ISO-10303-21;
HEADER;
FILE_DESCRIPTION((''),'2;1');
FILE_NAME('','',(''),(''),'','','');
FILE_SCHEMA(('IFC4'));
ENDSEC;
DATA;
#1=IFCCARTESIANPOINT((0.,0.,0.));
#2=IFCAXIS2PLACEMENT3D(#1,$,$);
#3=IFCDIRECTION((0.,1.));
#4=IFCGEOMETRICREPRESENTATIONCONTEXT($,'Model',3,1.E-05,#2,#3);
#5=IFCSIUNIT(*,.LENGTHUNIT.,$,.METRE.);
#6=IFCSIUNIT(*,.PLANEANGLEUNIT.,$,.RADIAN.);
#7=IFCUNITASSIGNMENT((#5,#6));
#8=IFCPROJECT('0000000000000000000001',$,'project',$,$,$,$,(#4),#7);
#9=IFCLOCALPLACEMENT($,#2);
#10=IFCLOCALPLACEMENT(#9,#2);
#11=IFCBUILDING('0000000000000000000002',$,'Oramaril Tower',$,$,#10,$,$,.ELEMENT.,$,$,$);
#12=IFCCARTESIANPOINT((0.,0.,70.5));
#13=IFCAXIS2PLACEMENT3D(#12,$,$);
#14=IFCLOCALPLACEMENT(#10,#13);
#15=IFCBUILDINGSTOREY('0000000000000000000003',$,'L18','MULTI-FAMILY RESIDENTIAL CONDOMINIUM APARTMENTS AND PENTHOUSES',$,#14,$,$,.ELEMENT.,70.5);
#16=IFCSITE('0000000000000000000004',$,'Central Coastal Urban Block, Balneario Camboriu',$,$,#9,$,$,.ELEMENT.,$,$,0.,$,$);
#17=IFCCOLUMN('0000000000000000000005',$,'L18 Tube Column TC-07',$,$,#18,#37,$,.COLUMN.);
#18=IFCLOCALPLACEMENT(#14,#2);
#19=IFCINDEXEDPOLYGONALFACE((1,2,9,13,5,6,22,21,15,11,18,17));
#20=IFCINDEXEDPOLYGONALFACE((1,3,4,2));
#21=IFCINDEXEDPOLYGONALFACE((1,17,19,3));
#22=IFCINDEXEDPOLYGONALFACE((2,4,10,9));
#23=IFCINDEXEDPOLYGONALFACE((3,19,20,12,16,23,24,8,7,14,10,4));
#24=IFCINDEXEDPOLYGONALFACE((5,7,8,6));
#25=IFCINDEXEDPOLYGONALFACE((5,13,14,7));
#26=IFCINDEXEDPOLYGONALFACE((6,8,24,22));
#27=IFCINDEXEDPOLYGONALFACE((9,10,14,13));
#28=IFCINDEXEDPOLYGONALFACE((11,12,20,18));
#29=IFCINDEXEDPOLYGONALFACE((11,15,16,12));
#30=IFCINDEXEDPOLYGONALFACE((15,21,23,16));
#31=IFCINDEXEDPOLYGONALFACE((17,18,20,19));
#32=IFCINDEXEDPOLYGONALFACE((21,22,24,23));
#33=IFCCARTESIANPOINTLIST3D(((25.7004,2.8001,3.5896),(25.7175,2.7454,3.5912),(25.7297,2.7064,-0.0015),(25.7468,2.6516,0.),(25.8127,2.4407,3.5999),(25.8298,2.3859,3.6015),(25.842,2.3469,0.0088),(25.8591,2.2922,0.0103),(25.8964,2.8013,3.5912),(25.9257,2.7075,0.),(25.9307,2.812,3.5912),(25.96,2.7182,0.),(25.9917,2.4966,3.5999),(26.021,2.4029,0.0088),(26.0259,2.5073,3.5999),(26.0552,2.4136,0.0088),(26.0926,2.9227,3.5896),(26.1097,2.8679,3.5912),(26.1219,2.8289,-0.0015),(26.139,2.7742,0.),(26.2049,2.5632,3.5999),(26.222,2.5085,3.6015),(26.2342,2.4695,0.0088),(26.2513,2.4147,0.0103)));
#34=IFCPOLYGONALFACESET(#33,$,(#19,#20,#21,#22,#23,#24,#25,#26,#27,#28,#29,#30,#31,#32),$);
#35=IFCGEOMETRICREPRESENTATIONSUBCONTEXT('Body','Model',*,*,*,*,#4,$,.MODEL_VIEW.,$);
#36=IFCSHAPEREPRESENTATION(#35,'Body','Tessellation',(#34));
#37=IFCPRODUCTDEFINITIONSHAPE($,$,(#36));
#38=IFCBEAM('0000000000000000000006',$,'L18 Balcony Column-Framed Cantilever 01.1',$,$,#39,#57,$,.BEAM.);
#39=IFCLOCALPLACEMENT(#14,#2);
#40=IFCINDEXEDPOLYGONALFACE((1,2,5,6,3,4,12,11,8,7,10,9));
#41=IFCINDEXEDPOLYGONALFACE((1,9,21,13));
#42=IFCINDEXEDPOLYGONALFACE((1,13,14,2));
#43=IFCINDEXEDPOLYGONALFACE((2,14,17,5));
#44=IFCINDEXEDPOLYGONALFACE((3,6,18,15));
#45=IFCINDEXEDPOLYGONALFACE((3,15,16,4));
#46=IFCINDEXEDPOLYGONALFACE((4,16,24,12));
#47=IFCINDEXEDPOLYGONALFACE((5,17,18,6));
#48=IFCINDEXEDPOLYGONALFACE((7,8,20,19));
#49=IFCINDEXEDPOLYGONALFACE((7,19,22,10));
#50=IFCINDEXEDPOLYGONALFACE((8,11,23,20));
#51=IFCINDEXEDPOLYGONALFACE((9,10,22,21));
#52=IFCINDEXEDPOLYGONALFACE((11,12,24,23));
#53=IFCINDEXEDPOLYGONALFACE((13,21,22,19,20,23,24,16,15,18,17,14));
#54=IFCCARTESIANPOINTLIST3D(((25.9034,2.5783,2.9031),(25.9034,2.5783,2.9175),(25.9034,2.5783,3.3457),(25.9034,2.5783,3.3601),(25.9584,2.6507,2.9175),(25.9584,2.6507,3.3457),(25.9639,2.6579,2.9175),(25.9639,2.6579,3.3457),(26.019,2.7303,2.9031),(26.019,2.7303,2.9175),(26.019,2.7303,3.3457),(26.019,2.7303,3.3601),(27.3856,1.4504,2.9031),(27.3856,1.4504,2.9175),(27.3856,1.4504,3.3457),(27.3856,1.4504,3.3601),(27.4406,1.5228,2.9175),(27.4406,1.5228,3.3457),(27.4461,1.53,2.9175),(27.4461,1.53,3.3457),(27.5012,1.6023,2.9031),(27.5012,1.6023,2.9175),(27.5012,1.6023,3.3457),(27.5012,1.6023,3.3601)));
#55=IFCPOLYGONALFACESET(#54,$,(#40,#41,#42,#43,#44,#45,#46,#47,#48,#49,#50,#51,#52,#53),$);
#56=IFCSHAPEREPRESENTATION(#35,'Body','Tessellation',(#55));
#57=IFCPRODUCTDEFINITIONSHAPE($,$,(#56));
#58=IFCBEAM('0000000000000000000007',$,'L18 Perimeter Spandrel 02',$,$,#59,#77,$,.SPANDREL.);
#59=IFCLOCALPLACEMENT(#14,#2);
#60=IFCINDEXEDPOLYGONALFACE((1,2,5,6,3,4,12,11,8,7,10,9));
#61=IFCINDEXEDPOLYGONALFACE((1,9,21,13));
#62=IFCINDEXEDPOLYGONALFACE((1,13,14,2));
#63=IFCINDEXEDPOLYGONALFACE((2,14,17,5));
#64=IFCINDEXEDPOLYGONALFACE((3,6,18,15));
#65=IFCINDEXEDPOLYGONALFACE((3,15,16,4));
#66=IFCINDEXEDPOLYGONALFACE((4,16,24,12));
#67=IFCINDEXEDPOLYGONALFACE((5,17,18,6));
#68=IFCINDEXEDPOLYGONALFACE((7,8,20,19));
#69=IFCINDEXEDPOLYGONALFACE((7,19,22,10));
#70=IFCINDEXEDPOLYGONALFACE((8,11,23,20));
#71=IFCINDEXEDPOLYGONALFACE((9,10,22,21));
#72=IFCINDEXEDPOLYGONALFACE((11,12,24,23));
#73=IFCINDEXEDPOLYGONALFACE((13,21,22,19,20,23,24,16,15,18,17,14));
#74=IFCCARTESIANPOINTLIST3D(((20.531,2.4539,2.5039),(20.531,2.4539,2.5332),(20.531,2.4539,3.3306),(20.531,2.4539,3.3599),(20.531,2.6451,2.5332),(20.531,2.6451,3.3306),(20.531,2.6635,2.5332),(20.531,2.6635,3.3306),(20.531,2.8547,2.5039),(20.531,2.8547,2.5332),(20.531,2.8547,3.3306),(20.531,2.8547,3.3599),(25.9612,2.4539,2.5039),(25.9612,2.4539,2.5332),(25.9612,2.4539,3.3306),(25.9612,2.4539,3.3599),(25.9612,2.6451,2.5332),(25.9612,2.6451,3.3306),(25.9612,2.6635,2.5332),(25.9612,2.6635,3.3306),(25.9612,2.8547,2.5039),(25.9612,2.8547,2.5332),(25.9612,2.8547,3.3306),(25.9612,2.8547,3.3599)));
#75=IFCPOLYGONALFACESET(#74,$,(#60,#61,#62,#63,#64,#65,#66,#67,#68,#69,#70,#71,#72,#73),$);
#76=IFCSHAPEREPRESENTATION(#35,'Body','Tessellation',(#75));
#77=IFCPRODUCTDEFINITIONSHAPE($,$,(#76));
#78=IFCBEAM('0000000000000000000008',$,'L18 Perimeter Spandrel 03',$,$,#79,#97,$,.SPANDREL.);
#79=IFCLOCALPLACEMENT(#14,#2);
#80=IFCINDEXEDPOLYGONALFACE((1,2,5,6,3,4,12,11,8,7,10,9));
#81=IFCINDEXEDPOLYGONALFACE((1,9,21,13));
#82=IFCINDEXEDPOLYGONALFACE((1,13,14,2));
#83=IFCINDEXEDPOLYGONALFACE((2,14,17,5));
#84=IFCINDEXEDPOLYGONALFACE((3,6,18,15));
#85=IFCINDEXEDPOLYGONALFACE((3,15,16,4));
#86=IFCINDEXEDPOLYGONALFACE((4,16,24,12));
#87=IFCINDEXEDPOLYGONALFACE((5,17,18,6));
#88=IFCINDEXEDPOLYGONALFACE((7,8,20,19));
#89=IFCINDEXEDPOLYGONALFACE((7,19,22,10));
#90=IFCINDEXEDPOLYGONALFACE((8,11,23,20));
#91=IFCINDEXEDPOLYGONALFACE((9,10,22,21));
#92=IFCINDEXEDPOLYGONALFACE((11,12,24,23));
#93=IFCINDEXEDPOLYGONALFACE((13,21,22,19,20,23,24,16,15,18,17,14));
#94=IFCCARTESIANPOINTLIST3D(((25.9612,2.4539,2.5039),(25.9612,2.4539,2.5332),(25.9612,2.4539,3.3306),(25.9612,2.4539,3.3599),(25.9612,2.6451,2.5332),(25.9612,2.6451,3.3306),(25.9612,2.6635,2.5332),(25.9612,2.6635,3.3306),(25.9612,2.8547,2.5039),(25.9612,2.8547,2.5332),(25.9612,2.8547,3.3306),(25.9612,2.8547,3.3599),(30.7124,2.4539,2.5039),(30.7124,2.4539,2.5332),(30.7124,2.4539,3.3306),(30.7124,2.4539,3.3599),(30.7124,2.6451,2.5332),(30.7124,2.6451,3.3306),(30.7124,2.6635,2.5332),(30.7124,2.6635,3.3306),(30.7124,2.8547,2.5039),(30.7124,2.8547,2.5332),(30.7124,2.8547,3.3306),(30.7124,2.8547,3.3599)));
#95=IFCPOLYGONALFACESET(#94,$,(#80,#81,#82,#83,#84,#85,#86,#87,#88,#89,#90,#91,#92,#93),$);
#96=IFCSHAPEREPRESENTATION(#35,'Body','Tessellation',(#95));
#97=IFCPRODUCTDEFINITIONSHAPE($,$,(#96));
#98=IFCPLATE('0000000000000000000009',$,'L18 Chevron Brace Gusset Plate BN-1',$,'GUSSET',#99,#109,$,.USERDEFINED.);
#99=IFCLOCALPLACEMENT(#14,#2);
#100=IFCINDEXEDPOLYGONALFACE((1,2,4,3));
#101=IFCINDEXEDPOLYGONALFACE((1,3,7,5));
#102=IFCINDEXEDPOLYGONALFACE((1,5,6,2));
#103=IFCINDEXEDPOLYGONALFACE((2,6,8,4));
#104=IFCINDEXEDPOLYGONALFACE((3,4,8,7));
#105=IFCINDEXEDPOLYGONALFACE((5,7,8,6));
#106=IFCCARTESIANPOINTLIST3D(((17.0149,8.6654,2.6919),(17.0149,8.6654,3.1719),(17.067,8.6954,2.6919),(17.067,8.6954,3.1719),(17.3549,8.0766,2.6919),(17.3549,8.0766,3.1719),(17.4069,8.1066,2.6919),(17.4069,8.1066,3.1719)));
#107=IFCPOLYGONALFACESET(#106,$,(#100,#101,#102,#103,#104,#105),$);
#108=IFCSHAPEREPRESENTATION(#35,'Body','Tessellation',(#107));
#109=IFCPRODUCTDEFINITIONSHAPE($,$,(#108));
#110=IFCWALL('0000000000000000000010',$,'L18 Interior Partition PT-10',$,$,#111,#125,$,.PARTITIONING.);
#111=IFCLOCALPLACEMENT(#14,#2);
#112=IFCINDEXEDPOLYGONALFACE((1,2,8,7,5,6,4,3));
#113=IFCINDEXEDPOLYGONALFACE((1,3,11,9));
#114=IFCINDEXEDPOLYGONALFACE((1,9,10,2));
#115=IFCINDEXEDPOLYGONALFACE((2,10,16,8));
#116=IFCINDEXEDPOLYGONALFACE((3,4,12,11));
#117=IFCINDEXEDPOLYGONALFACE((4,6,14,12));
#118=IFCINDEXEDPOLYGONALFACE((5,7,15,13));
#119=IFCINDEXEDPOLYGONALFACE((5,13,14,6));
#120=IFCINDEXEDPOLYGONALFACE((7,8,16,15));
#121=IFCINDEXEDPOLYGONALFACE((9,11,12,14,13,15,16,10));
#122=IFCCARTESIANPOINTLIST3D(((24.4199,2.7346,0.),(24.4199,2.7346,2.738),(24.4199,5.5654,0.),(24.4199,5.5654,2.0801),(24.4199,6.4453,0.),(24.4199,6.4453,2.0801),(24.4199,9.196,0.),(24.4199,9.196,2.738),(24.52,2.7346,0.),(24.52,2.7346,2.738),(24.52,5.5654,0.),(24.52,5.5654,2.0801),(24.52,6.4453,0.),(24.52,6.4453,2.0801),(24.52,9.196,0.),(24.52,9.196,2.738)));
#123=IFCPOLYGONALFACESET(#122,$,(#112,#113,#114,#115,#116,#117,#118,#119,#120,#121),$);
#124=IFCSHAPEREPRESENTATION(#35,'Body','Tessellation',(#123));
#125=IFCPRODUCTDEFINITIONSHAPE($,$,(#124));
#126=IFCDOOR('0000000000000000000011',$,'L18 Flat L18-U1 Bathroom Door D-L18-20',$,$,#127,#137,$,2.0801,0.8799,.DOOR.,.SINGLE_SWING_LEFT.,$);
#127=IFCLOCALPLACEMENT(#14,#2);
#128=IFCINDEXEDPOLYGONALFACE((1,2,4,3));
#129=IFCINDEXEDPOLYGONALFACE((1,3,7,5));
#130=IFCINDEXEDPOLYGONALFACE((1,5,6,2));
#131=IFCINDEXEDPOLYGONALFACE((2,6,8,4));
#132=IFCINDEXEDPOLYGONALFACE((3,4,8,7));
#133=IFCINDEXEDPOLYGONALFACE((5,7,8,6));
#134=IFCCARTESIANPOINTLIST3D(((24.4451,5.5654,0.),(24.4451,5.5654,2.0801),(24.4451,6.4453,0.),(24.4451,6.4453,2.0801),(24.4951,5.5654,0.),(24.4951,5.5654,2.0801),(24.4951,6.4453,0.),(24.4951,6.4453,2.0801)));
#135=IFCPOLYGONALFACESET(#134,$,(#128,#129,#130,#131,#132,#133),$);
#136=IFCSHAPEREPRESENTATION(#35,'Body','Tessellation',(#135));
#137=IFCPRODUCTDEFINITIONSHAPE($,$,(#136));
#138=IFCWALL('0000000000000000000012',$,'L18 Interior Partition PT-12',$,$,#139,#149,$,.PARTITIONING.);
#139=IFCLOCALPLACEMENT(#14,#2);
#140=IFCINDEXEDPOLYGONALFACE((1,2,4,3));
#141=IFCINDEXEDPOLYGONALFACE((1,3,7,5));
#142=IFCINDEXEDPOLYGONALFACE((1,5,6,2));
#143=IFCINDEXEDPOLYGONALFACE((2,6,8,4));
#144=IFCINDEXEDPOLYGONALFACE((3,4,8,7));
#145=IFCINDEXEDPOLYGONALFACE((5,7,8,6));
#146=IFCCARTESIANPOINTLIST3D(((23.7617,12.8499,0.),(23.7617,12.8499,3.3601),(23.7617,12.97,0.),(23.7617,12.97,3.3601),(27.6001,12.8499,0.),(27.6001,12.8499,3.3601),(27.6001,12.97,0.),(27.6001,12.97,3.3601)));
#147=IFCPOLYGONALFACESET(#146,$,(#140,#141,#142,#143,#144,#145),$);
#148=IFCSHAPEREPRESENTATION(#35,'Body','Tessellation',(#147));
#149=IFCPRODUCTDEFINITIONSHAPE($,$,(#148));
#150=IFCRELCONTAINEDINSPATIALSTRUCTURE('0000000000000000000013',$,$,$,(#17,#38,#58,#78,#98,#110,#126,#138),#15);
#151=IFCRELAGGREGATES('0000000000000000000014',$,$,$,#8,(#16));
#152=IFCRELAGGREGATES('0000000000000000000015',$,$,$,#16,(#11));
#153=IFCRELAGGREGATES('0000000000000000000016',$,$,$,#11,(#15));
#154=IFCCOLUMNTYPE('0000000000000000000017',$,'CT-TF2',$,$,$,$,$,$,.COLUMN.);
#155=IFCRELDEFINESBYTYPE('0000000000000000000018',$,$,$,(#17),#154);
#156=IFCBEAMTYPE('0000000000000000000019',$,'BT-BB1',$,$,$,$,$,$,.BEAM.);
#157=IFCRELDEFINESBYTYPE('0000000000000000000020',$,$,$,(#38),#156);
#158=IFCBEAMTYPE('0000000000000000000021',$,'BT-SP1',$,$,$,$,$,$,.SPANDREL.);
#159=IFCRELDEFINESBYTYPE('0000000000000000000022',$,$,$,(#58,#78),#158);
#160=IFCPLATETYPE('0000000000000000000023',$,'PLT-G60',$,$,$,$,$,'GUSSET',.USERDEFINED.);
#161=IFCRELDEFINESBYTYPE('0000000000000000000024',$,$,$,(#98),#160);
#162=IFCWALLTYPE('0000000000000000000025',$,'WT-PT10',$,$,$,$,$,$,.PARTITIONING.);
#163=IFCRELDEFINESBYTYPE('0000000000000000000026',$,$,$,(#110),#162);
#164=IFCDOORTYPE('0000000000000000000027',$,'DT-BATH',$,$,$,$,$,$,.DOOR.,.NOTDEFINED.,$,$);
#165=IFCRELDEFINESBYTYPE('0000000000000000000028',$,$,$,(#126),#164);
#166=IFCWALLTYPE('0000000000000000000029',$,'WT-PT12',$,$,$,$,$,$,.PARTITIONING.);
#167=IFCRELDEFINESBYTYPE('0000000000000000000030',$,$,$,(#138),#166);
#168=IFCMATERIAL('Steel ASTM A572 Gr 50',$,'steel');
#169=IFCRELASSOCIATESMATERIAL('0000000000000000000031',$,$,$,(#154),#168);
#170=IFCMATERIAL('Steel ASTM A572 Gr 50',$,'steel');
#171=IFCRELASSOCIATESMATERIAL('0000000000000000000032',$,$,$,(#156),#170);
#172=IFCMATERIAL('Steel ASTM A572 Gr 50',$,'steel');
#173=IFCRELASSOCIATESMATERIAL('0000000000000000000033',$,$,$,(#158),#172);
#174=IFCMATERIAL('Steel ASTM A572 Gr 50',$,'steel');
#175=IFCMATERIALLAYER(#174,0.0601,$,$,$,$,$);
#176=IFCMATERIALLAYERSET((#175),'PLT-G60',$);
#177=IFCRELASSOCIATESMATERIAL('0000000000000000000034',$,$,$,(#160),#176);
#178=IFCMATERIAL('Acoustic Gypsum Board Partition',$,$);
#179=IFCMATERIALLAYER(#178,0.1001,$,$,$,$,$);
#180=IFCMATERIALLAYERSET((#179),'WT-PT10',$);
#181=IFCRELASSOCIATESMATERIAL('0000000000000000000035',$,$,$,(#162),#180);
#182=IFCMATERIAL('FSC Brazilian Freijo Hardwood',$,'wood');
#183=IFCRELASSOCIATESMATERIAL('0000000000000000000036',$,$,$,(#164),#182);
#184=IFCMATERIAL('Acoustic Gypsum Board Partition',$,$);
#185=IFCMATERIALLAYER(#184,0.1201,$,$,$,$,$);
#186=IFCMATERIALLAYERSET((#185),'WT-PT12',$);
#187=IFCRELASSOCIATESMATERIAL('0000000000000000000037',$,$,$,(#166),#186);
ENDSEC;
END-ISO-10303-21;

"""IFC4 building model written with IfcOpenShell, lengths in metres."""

from ifc_helpers import new_model, si_unit, direction, frame, frame_2d, origin, origin_2d, place, context, subcontext, project, spatial, rectangle, i_section, extrude, material, layer, layer_set, material_profile, profile_set, type_object, element, fill, save


model = new_model("IFC4")

# Units and contexts
model_context = context("Model", 3, precision=1e-05, world=origin(), true_north=direction((0.0, 1.0)))
body_context = subcontext(model_context, "Body", "Model", "MODEL_VIEW")
ifc_project = project(units=[si_unit("LENGTHUNIT", "METRE"), si_unit("PLANEANGLEUNIT", "RADIAN")], contexts=[model_context])

# Site, building, storey
site_placement = place(None, origin())
site = spatial("IfcSite", under=ifc_project, at=site_placement, Name="Central Coastal Urban Block, Balneario Camboriu", CompositionType="ELEMENT", RefElevation=0.0)
building_placement = place(site_placement, origin())
building = spatial("IfcBuilding", under=site, at=building_placement, Name="Oramaril Tower", CompositionType="ELEMENT")
storey_placement = place(building_placement, frame((0.0, 0.0, 70.5)))
storey = spatial("IfcBuildingStorey", under=building, at=storey_placement, Name="L18", Description="MULTI-FAMILY RESIDENTIAL CONDOMINIUM APARTMENTS AND PENTHOUSES", CompositionType="ELEMENT", Elevation=70.5)

# Column
ifc_material_1 = material(Name="Steel ASTM A572 Gr 50", Category="steel")
ifc_material_profile_1 = material_profile(ifc_material_1, i_section(OverallWidth=0.4109, OverallDepth=0.4341, WebThickness=0.0359, FlangeThickness=0.0574, at=origin_2d()), Name="W14X311")
ifc_profile_set_1 = profile_set([ifc_material_profile_1], Name="Steel ASTM A572 Gr 50")
column_type = type_object("IfcColumnType", Name="CT-TF2", PredefinedType="COLUMN", material=ifc_profile_set_1)
column_placement = place(storey_placement, frame((25.9905, 2.5605, 0.0044), z_axis=(-0.008155, 0.026097, 0.999626), x_axis=(-0.95448, -0.298275, 0.0)))
element("IfcColumn", 1, at=column_placement, inside=storey, type_object=column_type, Name="L18 Tube Column TC-07", PredefinedType="COLUMN", context=body_context, shape_type="SweptSolid", body=[
    extrude(i_section(OverallWidth=0.4109, OverallDepth=0.4341, WebThickness=0.0359, FlangeThickness=0.0574, at=origin_2d()), origin(), (0.0, 0.0, 1.0), 3.5925),
])

# Beams
ifc_material_2 = material(Name="Steel ASTM A572 Gr 50", Category="steel")
ifc_material_profile_2 = material_profile(ifc_material_2, i_section(OverallWidth=0.1909, OverallDepth=0.457, WebThickness=0.009, FlangeThickness=0.0144, at=origin_2d()), Name="W18X50")
ifc_profile_set_2 = profile_set([ifc_material_profile_2], Name="Steel ASTM A572 Gr 50")
beam_type_1 = type_object("IfcBeamType", Name="BT-BB1", PredefinedType="BEAM", material=ifc_profile_set_2)
beam_1_placement = place(storey_placement, frame((25.9612, 2.6543, 3.1316), z_axis=(0.795781, -0.605585, 0.0), x_axis=(0.605585, 0.795781, 0.0)))
element("IfcBeam", 2, at=beam_1_placement, inside=storey, type_object=beam_type_1, Name="L18 Balcony Column-Framed Cantilever 01.1", PredefinedType="BEAM", context=body_context, shape_type="SweptSolid", body=[
    extrude(i_section(OverallWidth=0.1909, OverallDepth=0.457, WebThickness=0.009, FlangeThickness=0.0144, at=origin_2d()), origin(), (0.0, 0.0, 1.0), 1.8625),
])
ifc_material_3 = material(Name="Steel ASTM A572 Gr 50", Category="steel")
ifc_material_profile_3 = material_profile(ifc_material_3, i_section(OverallWidth=0.4009, OverallDepth=0.856, WebThickness=0.0183, FlangeThickness=0.0293, at=origin_2d()), Name="W33X201")
ifc_profile_set_3 = profile_set([ifc_material_profile_3], Name="Steel ASTM A572 Gr 50")
beam_type_2 = type_object("IfcBeamType", Name="BT-SP1", PredefinedType="SPANDREL", material=ifc_profile_set_3)
beam_2_placement = place(storey_placement, frame((20.531, 2.6543, 2.9319), z_axis=(1.0, 0.0, 0.0), x_axis=(0.0, 1.0, 0.0)))
element("IfcBeam", 3, at=beam_2_placement, inside=storey, type_object=beam_type_2, Name="L18 Perimeter Spandrel 02", PredefinedType="SPANDREL", context=body_context, shape_type="SweptSolid", body=[
    extrude(i_section(OverallWidth=0.4009, OverallDepth=0.856, WebThickness=0.0183, FlangeThickness=0.0293, at=origin_2d()), origin(), (0.0, 0.0, 1.0), 5.4302),
])
beam_3_placement = place(storey_placement, frame((25.9612, 2.6543, 2.9319), z_axis=(1.0, 0.0, 0.0), x_axis=(0.0, 1.0, 0.0)))
element("IfcBeam", 4, at=beam_3_placement, inside=storey, type_object=beam_type_2, Name="L18 Perimeter Spandrel 03", PredefinedType="SPANDREL", context=body_context, shape_type="SweptSolid", body=[
    extrude(i_section(OverallWidth=0.4009, OverallDepth=0.856, WebThickness=0.0183, FlangeThickness=0.0293, at=origin_2d()), origin(), (0.0, 0.0, 1.0), 4.7512),
])

# Plate
ifc_material_4 = material(Name="Steel ASTM A572 Gr 50", Category="steel")
ifc_layer_1 = layer(ifc_material_4, 0.0601)
ifc_layer_set_1 = layer_set([ifc_layer_1], Name="PLT-G60")
plate_type = type_object("IfcPlateType", Name="PLT-G60", ElementType="GUSSET", PredefinedType="USERDEFINED", material=ifc_layer_set_1)
plate_placement = place(storey_placement, frame((17.2109, 8.386, 2.6919), z_axis=(0.0, 0.0, 1.0), x_axis=(0.5, -0.866025, 0.0)))
element("IfcPlate", 5, at=plate_placement, inside=storey, type_object=plate_type, Name="L18 Chevron Brace Gusset Plate BN-1", ObjectType="GUSSET", PredefinedType="USERDEFINED", context=body_context, shape_type="SweptSolid", body=[
    extrude(rectangle(XDim=0.6799, YDim=0.0601, at=origin_2d()), origin(), (0.0, 0.0, 1.0), 0.48),
])

# Wall, opening, door
ifc_material_5 = material(Name="Acoustic Gypsum Board Partition")
ifc_layer_2 = layer(ifc_material_5, 0.1001)
ifc_layer_set_2 = layer_set([ifc_layer_2], Name="WT-PT10")
wall_type_1 = type_object("IfcWallType", Name="WT-PT10", PredefinedType="PARTITIONING", material=ifc_layer_set_2)
wall_1_placement = place(storey_placement, frame((24.47, 2.7346, 0.0), z_axis=(0.0, 0.0, 1.0), x_axis=(0.0, 1.0, 0.0)))
wall_1 = element("IfcWall", 6, at=wall_1_placement, inside=storey, type_object=wall_type_1, Name="L18 Interior Partition PT-10", PredefinedType="PARTITIONING", context=body_context, shape_type="SweptSolid", body=[
    extrude(rectangle(XDim=6.4614, YDim=0.1001, at=frame_2d((3.2307, 0.0))), origin(), (0.0, 0.0, 1.0), 2.738),
])
opening_1_placement = place(wall_1_placement, frame((2.8308, 0.0, 0.0)))
opening_1 = element("IfcOpeningElement", 7, at=opening_1_placement, cuts=wall_1, PredefinedType="OPENING", context=body_context, shape_type="SweptSolid", body=[
    extrude(rectangle(XDim=0.8799, YDim=2.0801, at=frame_2d((0.4399, 1.04))), frame((0.0, 0.05, 0.0), z_axis=(0.0, -1.0, 0.0), x_axis=(1.0, 0.0, 0.0)), (0.0, 0.0, 1.0), 0.1001),
])
ifc_material_6 = material(Name="FSC Brazilian Freijo Hardwood", Category="wood")
door_type_1 = type_object("IfcDoorType", Name="DT-BATH", OperationType="NOTDEFINED", PredefinedType="DOOR", material=ifc_material_6)
door_1_placement = place(opening_1_placement, origin())
door_1 = element("IfcDoor", 8, at=door_1_placement, inside=storey, type_object=door_type_1, Name="L18 Flat L18-U1 Bathroom Door D-L18-20", OperationType="SINGLE_SWING_LEFT", OverallHeight=2.0801, OverallWidth=0.8799, PredefinedType="DOOR", context=body_context, shape_type="SweptSolid", body=[
    extrude(rectangle(XDim=0.8799, YDim=2.0801, at=frame_2d((0.4399, 1.04))), frame((0.0, 0.0249, 0.0), z_axis=(0.0, -1.0, 0.0), x_axis=(1.0, 0.0, 0.0)), (0.0, 0.0, 1.0), 0.05),
])
fill(opening_1, door_1)

# Wall
ifc_material_7 = material(Name="Acoustic Gypsum Board Partition")
ifc_layer_3 = layer(ifc_material_7, 0.1201)
ifc_layer_set_3 = layer_set([ifc_layer_3], Name="WT-PT12")
wall_type_2 = type_object("IfcWallType", Name="WT-PT12", PredefinedType="PARTITIONING", material=ifc_layer_set_3)
wall_2_placement = place(storey_placement, frame((23.7617, 12.9099, 0.0), z_axis=(0.0, 0.0, 1.0), x_axis=(1.0, 0.0, 0.0)))
element("IfcWall", 9, at=wall_2_placement, inside=storey, type_object=wall_type_2, Name="L18 Interior Partition PT-12", PredefinedType="PARTITIONING", context=body_context, shape_type="SweptSolid", body=[
    extrude(rectangle(XDim=3.8384, YDim=0.1201, at=frame_2d((1.9192, 0.0))), origin(), (0.0, 0.0, 1.0), 3.3601),
])

save(model, "model.ifc")
